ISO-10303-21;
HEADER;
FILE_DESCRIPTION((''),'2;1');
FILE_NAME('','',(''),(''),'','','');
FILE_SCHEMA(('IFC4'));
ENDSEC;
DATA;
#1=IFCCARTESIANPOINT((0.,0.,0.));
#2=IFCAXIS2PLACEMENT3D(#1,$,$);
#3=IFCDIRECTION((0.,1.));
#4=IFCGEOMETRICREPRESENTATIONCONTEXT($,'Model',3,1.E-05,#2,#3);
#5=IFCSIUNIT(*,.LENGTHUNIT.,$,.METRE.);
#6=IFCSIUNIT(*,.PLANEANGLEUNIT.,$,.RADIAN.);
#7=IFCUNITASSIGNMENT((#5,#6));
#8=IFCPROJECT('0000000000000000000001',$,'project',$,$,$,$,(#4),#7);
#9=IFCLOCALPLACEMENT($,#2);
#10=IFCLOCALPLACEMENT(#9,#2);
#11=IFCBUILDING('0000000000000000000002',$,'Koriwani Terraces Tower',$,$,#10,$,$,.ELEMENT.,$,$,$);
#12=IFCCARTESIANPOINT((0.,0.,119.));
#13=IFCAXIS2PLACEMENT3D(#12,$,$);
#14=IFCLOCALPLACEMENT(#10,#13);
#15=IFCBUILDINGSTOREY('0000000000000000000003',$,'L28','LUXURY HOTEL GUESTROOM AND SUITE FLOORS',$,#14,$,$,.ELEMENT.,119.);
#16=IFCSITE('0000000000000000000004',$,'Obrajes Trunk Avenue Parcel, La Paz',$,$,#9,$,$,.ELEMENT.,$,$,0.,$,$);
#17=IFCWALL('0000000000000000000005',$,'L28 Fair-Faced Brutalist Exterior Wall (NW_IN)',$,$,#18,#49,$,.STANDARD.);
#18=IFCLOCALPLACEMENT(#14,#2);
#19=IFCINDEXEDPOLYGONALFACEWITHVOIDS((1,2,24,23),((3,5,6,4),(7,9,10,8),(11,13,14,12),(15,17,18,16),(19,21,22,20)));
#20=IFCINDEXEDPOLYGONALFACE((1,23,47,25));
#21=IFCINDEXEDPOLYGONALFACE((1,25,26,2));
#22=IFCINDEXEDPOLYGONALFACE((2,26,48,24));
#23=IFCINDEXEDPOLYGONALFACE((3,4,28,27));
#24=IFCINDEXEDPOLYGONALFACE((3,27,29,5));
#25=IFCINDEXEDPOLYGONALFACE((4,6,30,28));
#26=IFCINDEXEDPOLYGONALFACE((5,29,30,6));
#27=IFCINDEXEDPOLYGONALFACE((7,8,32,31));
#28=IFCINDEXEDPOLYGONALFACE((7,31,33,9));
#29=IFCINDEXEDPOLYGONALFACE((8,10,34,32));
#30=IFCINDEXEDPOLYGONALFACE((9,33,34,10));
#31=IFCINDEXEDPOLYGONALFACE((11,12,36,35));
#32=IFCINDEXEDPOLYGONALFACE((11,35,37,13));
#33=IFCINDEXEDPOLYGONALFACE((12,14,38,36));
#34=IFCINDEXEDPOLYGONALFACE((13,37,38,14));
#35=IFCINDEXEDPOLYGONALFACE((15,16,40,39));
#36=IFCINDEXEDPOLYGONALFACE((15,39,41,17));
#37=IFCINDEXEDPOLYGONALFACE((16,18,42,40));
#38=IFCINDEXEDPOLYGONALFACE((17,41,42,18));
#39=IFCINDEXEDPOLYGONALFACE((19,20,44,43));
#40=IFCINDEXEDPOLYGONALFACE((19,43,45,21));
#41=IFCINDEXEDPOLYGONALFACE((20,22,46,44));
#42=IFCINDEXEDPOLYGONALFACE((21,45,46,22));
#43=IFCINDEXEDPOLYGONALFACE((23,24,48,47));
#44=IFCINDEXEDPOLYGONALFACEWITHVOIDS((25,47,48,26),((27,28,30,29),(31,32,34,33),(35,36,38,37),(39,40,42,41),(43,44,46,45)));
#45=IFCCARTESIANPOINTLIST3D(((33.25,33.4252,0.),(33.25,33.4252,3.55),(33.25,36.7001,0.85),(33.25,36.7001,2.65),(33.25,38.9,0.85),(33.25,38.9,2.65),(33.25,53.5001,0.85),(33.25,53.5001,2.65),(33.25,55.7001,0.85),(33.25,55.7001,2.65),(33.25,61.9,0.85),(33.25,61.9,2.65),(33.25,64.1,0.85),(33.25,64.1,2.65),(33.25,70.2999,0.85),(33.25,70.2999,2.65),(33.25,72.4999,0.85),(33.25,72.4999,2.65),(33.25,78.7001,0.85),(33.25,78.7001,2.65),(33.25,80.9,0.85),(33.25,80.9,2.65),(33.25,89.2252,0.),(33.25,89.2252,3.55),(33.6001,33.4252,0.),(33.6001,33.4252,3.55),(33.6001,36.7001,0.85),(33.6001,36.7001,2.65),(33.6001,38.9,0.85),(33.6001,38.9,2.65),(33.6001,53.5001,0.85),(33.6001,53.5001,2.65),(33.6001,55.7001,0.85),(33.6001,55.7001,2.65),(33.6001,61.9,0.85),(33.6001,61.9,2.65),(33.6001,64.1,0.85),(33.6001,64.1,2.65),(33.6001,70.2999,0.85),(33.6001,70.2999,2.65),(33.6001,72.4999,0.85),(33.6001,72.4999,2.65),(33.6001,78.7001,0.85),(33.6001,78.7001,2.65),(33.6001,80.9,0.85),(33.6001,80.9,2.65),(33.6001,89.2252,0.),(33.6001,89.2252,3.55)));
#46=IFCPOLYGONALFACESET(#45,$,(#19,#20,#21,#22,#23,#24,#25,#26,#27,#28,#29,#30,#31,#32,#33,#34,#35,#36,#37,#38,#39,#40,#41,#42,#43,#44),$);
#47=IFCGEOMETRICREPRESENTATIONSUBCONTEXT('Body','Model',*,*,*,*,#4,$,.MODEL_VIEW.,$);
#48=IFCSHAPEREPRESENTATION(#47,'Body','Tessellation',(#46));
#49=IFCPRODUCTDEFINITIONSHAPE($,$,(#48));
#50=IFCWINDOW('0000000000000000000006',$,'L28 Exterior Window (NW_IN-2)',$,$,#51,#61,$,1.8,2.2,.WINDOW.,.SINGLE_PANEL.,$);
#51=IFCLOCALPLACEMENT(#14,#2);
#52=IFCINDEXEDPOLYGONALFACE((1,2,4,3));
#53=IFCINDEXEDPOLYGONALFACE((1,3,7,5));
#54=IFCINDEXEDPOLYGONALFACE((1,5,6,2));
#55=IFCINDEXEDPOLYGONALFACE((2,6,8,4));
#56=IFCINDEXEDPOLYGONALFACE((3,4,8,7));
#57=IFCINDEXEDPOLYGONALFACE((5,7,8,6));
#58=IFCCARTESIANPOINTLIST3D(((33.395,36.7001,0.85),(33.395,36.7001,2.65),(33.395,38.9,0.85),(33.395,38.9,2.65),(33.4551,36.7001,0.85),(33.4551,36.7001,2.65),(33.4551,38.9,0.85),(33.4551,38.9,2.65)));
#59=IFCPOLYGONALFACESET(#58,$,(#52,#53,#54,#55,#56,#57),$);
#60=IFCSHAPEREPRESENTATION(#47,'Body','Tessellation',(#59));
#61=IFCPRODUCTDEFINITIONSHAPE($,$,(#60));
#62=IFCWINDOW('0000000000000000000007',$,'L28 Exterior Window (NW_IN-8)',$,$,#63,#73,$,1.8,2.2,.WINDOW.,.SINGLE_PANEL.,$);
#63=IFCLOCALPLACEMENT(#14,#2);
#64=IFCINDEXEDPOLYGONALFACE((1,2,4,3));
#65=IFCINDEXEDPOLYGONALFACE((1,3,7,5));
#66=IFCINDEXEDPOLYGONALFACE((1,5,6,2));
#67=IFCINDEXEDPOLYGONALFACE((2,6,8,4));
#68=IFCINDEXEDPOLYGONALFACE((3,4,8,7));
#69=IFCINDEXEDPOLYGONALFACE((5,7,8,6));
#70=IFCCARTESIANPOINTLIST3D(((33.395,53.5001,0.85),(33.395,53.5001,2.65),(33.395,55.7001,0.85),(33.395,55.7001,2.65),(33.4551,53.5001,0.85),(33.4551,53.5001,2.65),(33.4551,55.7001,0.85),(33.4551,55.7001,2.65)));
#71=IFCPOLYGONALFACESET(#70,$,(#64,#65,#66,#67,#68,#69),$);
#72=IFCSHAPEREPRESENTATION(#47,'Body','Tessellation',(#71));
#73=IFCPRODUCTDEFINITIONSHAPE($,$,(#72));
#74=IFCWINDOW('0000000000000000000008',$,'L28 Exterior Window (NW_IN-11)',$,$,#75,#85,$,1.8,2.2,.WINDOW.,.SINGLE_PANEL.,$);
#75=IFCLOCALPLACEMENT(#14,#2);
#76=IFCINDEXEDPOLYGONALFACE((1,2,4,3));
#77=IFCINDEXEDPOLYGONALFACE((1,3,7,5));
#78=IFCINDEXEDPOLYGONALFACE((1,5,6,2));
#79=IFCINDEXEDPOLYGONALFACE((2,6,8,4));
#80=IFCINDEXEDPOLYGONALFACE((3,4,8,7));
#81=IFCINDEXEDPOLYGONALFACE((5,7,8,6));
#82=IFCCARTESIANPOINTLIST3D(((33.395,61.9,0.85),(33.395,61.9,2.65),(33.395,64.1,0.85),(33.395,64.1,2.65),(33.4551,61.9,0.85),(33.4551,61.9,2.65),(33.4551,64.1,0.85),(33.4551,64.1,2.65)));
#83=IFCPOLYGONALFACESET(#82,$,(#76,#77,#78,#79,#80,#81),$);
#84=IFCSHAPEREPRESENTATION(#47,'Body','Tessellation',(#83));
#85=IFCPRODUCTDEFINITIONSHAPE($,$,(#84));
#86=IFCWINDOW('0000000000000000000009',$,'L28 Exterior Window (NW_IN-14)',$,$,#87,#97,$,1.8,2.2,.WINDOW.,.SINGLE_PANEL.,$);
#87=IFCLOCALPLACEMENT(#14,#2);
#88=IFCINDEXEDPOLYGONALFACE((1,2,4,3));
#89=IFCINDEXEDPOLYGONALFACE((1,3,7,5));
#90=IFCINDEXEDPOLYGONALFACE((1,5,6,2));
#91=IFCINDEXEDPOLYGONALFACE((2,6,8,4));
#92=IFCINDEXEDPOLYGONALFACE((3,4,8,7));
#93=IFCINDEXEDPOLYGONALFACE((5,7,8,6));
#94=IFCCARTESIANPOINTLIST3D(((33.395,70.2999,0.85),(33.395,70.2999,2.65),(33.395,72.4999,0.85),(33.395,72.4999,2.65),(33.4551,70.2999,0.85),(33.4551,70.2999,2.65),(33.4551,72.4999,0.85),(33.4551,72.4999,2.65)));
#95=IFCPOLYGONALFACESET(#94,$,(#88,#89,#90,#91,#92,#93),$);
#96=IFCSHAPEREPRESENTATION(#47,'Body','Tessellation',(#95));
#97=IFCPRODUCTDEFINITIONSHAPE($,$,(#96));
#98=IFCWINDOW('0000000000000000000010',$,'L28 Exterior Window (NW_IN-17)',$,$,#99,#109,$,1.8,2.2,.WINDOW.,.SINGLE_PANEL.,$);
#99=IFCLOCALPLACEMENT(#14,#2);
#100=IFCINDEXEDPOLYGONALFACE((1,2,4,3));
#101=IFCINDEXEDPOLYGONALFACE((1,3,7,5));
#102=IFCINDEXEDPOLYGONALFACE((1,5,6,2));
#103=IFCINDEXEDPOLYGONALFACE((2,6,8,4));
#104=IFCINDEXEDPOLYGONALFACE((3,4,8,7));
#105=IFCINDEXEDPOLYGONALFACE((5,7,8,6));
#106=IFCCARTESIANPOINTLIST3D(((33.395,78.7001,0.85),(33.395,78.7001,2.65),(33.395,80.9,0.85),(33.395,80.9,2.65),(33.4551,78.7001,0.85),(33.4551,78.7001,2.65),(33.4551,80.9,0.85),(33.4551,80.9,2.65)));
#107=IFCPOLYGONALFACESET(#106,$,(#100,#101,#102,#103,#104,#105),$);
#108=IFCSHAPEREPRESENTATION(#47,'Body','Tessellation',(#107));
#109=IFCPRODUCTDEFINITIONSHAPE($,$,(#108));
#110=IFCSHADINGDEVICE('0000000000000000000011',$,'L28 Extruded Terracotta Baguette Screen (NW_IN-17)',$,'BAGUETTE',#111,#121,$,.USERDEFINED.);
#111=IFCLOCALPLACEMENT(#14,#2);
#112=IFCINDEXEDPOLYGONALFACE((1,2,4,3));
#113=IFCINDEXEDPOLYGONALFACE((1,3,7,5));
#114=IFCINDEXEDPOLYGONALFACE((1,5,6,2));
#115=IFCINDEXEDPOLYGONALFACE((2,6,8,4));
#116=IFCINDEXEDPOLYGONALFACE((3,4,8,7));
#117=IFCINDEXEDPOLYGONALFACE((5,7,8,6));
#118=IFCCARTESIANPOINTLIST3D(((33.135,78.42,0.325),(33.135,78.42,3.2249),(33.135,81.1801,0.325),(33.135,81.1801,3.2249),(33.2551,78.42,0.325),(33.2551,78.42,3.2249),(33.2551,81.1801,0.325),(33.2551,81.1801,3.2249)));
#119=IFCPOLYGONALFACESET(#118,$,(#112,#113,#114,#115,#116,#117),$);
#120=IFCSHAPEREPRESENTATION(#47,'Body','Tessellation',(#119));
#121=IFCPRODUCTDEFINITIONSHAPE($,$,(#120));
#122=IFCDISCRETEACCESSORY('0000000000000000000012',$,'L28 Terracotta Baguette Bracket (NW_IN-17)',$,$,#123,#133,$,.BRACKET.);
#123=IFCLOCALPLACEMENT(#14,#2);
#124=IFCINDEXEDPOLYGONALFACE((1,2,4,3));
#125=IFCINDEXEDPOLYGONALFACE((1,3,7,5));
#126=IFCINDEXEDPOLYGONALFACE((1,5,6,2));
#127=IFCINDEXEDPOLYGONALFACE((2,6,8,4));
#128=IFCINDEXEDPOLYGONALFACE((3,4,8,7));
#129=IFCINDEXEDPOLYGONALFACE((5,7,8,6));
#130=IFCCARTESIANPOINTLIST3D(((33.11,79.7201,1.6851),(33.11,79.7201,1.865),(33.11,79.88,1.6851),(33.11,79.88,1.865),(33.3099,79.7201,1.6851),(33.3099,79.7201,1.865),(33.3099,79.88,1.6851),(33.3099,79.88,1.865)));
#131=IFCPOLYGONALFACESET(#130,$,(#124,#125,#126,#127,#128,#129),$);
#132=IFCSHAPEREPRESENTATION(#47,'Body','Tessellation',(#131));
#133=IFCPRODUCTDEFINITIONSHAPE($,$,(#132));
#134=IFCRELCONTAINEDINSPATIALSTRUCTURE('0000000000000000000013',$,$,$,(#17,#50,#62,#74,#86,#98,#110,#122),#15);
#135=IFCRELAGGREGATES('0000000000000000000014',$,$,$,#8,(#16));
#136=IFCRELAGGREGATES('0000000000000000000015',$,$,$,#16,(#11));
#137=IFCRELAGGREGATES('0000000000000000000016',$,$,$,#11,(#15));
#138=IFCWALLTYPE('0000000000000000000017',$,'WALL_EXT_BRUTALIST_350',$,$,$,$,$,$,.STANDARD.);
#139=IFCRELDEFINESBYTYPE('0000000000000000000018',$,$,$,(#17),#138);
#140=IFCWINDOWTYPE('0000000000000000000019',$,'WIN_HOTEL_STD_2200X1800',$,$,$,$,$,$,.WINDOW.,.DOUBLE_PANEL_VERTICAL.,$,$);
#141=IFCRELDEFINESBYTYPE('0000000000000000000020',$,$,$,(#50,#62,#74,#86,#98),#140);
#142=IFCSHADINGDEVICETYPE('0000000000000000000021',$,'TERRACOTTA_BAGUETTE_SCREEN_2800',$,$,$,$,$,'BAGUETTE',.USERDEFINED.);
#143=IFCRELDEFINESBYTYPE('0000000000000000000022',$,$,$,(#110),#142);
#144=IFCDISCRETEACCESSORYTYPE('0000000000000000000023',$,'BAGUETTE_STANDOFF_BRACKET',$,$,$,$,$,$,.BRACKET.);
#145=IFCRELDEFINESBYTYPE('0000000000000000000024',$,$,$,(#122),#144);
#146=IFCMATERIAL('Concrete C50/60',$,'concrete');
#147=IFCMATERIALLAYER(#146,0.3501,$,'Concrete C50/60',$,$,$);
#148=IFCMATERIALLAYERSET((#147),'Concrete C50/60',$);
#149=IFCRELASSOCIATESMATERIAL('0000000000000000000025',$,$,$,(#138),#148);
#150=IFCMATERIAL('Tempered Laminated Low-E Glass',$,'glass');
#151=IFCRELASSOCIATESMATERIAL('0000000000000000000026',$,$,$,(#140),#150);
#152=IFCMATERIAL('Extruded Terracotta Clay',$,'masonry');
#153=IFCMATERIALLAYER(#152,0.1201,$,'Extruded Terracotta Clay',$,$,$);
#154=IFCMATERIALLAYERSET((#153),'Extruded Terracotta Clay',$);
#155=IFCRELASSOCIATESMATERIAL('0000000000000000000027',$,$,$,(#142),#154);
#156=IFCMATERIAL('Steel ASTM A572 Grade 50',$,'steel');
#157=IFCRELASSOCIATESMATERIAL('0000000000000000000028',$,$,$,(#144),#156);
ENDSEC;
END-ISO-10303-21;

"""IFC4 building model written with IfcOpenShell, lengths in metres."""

from ifc_helpers import new_model, si_unit, direction, frame, frame_2d, origin, origin_2d, place, context, subcontext, project, spatial, rectangle, extrude, material, layer, layer_set, type_object, element, fill, save


model = new_model("IFC4")

# Units and contexts
model_context = context("Model", 3, precision=1e-05, world=origin(), true_north=direction((0.0, 1.0)))
body_context = subcontext(model_context, "Body", "Model", "MODEL_VIEW")
ifc_project = project(units=[si_unit("LENGTHUNIT", "METRE"), si_unit("PLANEANGLEUNIT", "RADIAN")], contexts=[model_context])

# Site, building, storey
site_placement = place(None, origin())
site = spatial("IfcSite", under=ifc_project, at=site_placement, Name="Obrajes Trunk Avenue Parcel, La Paz", CompositionType="ELEMENT", RefElevation=0.0)
building_placement = place(site_placement, origin())
building = spatial("IfcBuilding", under=site, at=building_placement, Name="Koriwani Terraces Tower", CompositionType="ELEMENT")
storey_placement = place(building_placement, frame((0.0, 0.0, 119.0)))
storey = spatial("IfcBuildingStorey", under=building, at=storey_placement, Name="L28", Description="LUXURY HOTEL GUESTROOM AND SUITE FLOORS", CompositionType="ELEMENT", Elevation=119.0)

# Shared definitions
ifc_material_1 = material(Name="Concrete C50/60", Category="concrete")
ifc_material_2 = material(Name="Steel ASTM A572 Grade 50", Category="steel")

# Shared definitions
ifc_layer_1 = layer(ifc_material_1, 0.3501, Name="Concrete C50/60")
ifc_layer_set_1 = layer_set([ifc_layer_1], Name="Concrete C50/60")
wall_type_1 = type_object("IfcWallType", Name="WALL_EXT_BRUTALIST_350", PredefinedType="STANDARD", material=ifc_layer_set_1)

# Shared definitions
ifc_material_3 = material(Name="Tempered Laminated Low-E Glass", Category="glass")

# Wall, openings, windows
wall_1_placement = place(storey_placement, frame((33.425, 89.2251, 0.0), z_axis=(0.0, 0.0, 1.0), x_axis=(0.0, -1.0, 0.0)))
wall_1 = element("IfcWall", 1, at=wall_1_placement, inside=storey, type_object=wall_type_1, Name="L28 Fair-Faced Brutalist Exterior Wall (NW_IN)", PredefinedType="STANDARD", context=body_context, shape_type="SweptSolid", body=[
    extrude(rectangle(XDim=55.8, YDim=0.3501, at=frame_2d((27.8999, 0.0))), origin(), (0.0, 0.0, 1.0), 3.55),
])
opening_1_placement = place(wall_1_placement, frame((50.325, 0.0, 0.8501)))
opening_1 = element("IfcOpeningElement", 2, at=opening_1_placement, cuts=wall_1, PredefinedType="OPENING", context=body_context, shape_type="SweptSolid", body=[
    extrude(rectangle(XDim=2.2, YDim=1.8, at=frame_2d((1.1001, 0.8999))), frame((0.0, 0.1851, 0.0), z_axis=(0.0, -1.0, 0.0), x_axis=(1.0, 0.0, 0.0)), (0.0, 0.0, 1.0), 0.3701),
])
opening_2_placement = place(wall_1_placement, frame((33.5249, 0.0, 0.8501)))
opening_2 = element("IfcOpeningElement", 3, at=opening_2_placement, cuts=wall_1, PredefinedType="OPENING", context=body_context, shape_type="SweptSolid", body=[
    extrude(rectangle(XDim=2.2, YDim=1.8, at=frame_2d((1.1001, 0.8999))), frame((0.0, 0.1851, 0.0), z_axis=(0.0, -1.0, 0.0), x_axis=(1.0, 0.0, 0.0)), (0.0, 0.0, 1.0), 0.3701),
])
opening_3_placement = place(wall_1_placement, frame((25.125, 0.0, 0.8501)))
opening_3 = element("IfcOpeningElement", 4, at=opening_3_placement, cuts=wall_1, PredefinedType="OPENING", context=body_context, shape_type="SweptSolid", body=[
    extrude(rectangle(XDim=2.2, YDim=1.8, at=frame_2d((1.1001, 0.8999))), frame((0.0, 0.1851, 0.0), z_axis=(0.0, -1.0, 0.0), x_axis=(1.0, 0.0, 0.0)), (0.0, 0.0, 1.0), 0.3701),
])
opening_4_placement = place(wall_1_placement, frame((16.7251, 0.0, 0.8501)))
opening_4 = element("IfcOpeningElement", 5, at=opening_4_placement, cuts=wall_1, PredefinedType="OPENING", context=body_context, shape_type="SweptSolid", body=[
    extrude(rectangle(XDim=2.2, YDim=1.8, at=frame_2d((1.1001, 0.8999))), frame((0.0, 0.1851, 0.0), z_axis=(0.0, -1.0, 0.0), x_axis=(1.0, 0.0, 0.0)), (0.0, 0.0, 1.0), 0.3701),
])
opening_5_placement = place(wall_1_placement, frame((8.325, 0.0, 0.8501)))
opening_5 = element("IfcOpeningElement", 6, at=opening_5_placement, cuts=wall_1, PredefinedType="OPENING", context=body_context, shape_type="SweptSolid", body=[
    extrude(rectangle(XDim=2.2, YDim=1.8, at=frame_2d((1.1001, 0.8999))), frame((0.0, 0.1851, 0.0), z_axis=(0.0, -1.0, 0.0), x_axis=(1.0, 0.0, 0.0)), (0.0, 0.0, 1.0), 0.3701),
])
window_type_1 = type_object("IfcWindowType", Name="WIN_HOTEL_STD_2200X1800", PartitioningType="DOUBLE_PANEL_VERTICAL", PredefinedType="WINDOW", material=ifc_material_3)
window_1_placement = place(opening_1_placement, origin())
window_1 = element("IfcWindow", 7, at=window_1_placement, inside=storey, type_object=window_type_1, Name="L28 Exterior Window (NW_IN-2)", OverallHeight=1.8, OverallWidth=2.2, PartitioningType="SINGLE_PANEL", PredefinedType="WINDOW", context=body_context, shape_type="SweptSolid", body=[
    extrude(rectangle(XDim=2.2, YDim=1.8, at=frame_2d((1.1001, 0.8999))), frame((0.0, 0.03, 0.0), z_axis=(0.0, -1.0, 0.0), x_axis=(1.0, 0.0, 0.0)), (0.0, 0.0, 1.0), 0.0601),
])
fill(opening_1, window_1)
window_2_placement = place(opening_2_placement, origin())
window_2 = element("IfcWindow", 8, at=window_2_placement, inside=storey, type_object=window_type_1, Name="L28 Exterior Window (NW_IN-8)", OverallHeight=1.8, OverallWidth=2.2, PartitioningType="SINGLE_PANEL", PredefinedType="WINDOW", context=body_context, shape_type="SweptSolid", body=[
    extrude(rectangle(XDim=2.2, YDim=1.8, at=frame_2d((1.1001, 0.8999))), frame((0.0, 0.03, 0.0), z_axis=(0.0, -1.0, 0.0), x_axis=(1.0, 0.0, 0.0)), (0.0, 0.0, 1.0), 0.0601),
])
fill(opening_2, window_2)
window_3_placement = place(opening_3_placement, origin())
window_3 = element("IfcWindow", 9, at=window_3_placement, inside=storey, type_object=window_type_1, Name="L28 Exterior Window (NW_IN-11)", OverallHeight=1.8, OverallWidth=2.2, PartitioningType="SINGLE_PANEL", PredefinedType="WINDOW", context=body_context, shape_type="SweptSolid", body=[
    extrude(rectangle(XDim=2.2, YDim=1.8, at=frame_2d((1.1001, 0.8999))), frame((0.0, 0.03, 0.0), z_axis=(0.0, -1.0, 0.0), x_axis=(1.0, 0.0, 0.0)), (0.0, 0.0, 1.0), 0.0601),
])
fill(opening_3, window_3)
window_4_placement = place(opening_4_placement, origin())
window_4 = element("IfcWindow", 10, at=window_4_placement, inside=storey, type_object=window_type_1, Name="L28 Exterior Window (NW_IN-14)", OverallHeight=1.8, OverallWidth=2.2, PartitioningType="SINGLE_PANEL", PredefinedType="WINDOW", context=body_context, shape_type="SweptSolid", body=[
    extrude(rectangle(XDim=2.2, YDim=1.8, at=frame_2d((1.1001, 0.8999))), frame((0.0, 0.03, 0.0), z_axis=(0.0, -1.0, 0.0), x_axis=(1.0, 0.0, 0.0)), (0.0, 0.0, 1.0), 0.0601),
])
fill(opening_4, window_4)
window_5_placement = place(opening_5_placement, origin())
window_5 = element("IfcWindow", 11, at=window_5_placement, inside=storey, type_object=window_type_1, Name="L28 Exterior Window (NW_IN-17)", OverallHeight=1.8, OverallWidth=2.2, PartitioningType="SINGLE_PANEL", PredefinedType="WINDOW", context=body_context, shape_type="SweptSolid", body=[
    extrude(rectangle(XDim=2.2, YDim=1.8, at=frame_2d((1.1001, 0.8999))), frame((0.0, 0.03, 0.0), z_axis=(0.0, -1.0, 0.0), x_axis=(1.0, 0.0, 0.0)), (0.0, 0.0, 1.0), 0.0601),
])
fill(opening_5, window_5)

# Shading device
ifc_material_4 = material(Name="Extruded Terracotta Clay", Category="masonry")
ifc_layer_2 = layer(ifc_material_4, 0.1201, Name="Extruded Terracotta Clay")
ifc_layer_set_2 = layer_set([ifc_layer_2], Name="Extruded Terracotta Clay")
shading_device_type = type_object("IfcShadingDeviceType", Name="TERRACOTTA_BAGUETTE_SCREEN_2800", ElementType="BAGUETTE", PredefinedType="USERDEFINED", material=ifc_layer_set_2)
shading_device_placement = place(storey_placement, frame((33.1951, 79.8, 0.325), z_axis=(0.0, 0.0, 1.0), x_axis=(0.0, -1.0, 0.0)))
element("IfcShadingDevice", 12, at=shading_device_placement, inside=storey, type_object=shading_device_type, Name="L28 Extruded Terracotta Baguette Screen (NW_IN-17)", ObjectType="BAGUETTE", PredefinedType="USERDEFINED", context=body_context, shape_type="SweptSolid", body=[
    extrude(rectangle(XDim=2.76, YDim=0.1201, at=origin_2d()), origin(), (0.0, 0.0, 1.0), 2.8999),
])

# Discrete accessory
discrete_accessory_type = type_object("IfcDiscreteAccessoryType", Name="BAGUETTE_STANDOFF_BRACKET", PredefinedType="BRACKET", material=ifc_material_2)
discrete_accessory_placement = place(storey_placement, frame((33.21, 79.8, 1.6851), z_axis=(0.0, 0.0, 1.0), x_axis=(0.0, -1.0, 0.0)))
element("IfcDiscreteAccessory", 13, at=discrete_accessory_placement, inside=storey, type_object=discrete_accessory_type, Name="L28 Terracotta Baguette Bracket (NW_IN-17)", PredefinedType="BRACKET", context=body_context, shape_type="SweptSolid", body=[
    extrude(rectangle(XDim=0.1599, YDim=0.2, at=origin_2d()), origin(), (0.0, 0.0, 1.0), 0.1799),
])

save(model, "model.ifc")
